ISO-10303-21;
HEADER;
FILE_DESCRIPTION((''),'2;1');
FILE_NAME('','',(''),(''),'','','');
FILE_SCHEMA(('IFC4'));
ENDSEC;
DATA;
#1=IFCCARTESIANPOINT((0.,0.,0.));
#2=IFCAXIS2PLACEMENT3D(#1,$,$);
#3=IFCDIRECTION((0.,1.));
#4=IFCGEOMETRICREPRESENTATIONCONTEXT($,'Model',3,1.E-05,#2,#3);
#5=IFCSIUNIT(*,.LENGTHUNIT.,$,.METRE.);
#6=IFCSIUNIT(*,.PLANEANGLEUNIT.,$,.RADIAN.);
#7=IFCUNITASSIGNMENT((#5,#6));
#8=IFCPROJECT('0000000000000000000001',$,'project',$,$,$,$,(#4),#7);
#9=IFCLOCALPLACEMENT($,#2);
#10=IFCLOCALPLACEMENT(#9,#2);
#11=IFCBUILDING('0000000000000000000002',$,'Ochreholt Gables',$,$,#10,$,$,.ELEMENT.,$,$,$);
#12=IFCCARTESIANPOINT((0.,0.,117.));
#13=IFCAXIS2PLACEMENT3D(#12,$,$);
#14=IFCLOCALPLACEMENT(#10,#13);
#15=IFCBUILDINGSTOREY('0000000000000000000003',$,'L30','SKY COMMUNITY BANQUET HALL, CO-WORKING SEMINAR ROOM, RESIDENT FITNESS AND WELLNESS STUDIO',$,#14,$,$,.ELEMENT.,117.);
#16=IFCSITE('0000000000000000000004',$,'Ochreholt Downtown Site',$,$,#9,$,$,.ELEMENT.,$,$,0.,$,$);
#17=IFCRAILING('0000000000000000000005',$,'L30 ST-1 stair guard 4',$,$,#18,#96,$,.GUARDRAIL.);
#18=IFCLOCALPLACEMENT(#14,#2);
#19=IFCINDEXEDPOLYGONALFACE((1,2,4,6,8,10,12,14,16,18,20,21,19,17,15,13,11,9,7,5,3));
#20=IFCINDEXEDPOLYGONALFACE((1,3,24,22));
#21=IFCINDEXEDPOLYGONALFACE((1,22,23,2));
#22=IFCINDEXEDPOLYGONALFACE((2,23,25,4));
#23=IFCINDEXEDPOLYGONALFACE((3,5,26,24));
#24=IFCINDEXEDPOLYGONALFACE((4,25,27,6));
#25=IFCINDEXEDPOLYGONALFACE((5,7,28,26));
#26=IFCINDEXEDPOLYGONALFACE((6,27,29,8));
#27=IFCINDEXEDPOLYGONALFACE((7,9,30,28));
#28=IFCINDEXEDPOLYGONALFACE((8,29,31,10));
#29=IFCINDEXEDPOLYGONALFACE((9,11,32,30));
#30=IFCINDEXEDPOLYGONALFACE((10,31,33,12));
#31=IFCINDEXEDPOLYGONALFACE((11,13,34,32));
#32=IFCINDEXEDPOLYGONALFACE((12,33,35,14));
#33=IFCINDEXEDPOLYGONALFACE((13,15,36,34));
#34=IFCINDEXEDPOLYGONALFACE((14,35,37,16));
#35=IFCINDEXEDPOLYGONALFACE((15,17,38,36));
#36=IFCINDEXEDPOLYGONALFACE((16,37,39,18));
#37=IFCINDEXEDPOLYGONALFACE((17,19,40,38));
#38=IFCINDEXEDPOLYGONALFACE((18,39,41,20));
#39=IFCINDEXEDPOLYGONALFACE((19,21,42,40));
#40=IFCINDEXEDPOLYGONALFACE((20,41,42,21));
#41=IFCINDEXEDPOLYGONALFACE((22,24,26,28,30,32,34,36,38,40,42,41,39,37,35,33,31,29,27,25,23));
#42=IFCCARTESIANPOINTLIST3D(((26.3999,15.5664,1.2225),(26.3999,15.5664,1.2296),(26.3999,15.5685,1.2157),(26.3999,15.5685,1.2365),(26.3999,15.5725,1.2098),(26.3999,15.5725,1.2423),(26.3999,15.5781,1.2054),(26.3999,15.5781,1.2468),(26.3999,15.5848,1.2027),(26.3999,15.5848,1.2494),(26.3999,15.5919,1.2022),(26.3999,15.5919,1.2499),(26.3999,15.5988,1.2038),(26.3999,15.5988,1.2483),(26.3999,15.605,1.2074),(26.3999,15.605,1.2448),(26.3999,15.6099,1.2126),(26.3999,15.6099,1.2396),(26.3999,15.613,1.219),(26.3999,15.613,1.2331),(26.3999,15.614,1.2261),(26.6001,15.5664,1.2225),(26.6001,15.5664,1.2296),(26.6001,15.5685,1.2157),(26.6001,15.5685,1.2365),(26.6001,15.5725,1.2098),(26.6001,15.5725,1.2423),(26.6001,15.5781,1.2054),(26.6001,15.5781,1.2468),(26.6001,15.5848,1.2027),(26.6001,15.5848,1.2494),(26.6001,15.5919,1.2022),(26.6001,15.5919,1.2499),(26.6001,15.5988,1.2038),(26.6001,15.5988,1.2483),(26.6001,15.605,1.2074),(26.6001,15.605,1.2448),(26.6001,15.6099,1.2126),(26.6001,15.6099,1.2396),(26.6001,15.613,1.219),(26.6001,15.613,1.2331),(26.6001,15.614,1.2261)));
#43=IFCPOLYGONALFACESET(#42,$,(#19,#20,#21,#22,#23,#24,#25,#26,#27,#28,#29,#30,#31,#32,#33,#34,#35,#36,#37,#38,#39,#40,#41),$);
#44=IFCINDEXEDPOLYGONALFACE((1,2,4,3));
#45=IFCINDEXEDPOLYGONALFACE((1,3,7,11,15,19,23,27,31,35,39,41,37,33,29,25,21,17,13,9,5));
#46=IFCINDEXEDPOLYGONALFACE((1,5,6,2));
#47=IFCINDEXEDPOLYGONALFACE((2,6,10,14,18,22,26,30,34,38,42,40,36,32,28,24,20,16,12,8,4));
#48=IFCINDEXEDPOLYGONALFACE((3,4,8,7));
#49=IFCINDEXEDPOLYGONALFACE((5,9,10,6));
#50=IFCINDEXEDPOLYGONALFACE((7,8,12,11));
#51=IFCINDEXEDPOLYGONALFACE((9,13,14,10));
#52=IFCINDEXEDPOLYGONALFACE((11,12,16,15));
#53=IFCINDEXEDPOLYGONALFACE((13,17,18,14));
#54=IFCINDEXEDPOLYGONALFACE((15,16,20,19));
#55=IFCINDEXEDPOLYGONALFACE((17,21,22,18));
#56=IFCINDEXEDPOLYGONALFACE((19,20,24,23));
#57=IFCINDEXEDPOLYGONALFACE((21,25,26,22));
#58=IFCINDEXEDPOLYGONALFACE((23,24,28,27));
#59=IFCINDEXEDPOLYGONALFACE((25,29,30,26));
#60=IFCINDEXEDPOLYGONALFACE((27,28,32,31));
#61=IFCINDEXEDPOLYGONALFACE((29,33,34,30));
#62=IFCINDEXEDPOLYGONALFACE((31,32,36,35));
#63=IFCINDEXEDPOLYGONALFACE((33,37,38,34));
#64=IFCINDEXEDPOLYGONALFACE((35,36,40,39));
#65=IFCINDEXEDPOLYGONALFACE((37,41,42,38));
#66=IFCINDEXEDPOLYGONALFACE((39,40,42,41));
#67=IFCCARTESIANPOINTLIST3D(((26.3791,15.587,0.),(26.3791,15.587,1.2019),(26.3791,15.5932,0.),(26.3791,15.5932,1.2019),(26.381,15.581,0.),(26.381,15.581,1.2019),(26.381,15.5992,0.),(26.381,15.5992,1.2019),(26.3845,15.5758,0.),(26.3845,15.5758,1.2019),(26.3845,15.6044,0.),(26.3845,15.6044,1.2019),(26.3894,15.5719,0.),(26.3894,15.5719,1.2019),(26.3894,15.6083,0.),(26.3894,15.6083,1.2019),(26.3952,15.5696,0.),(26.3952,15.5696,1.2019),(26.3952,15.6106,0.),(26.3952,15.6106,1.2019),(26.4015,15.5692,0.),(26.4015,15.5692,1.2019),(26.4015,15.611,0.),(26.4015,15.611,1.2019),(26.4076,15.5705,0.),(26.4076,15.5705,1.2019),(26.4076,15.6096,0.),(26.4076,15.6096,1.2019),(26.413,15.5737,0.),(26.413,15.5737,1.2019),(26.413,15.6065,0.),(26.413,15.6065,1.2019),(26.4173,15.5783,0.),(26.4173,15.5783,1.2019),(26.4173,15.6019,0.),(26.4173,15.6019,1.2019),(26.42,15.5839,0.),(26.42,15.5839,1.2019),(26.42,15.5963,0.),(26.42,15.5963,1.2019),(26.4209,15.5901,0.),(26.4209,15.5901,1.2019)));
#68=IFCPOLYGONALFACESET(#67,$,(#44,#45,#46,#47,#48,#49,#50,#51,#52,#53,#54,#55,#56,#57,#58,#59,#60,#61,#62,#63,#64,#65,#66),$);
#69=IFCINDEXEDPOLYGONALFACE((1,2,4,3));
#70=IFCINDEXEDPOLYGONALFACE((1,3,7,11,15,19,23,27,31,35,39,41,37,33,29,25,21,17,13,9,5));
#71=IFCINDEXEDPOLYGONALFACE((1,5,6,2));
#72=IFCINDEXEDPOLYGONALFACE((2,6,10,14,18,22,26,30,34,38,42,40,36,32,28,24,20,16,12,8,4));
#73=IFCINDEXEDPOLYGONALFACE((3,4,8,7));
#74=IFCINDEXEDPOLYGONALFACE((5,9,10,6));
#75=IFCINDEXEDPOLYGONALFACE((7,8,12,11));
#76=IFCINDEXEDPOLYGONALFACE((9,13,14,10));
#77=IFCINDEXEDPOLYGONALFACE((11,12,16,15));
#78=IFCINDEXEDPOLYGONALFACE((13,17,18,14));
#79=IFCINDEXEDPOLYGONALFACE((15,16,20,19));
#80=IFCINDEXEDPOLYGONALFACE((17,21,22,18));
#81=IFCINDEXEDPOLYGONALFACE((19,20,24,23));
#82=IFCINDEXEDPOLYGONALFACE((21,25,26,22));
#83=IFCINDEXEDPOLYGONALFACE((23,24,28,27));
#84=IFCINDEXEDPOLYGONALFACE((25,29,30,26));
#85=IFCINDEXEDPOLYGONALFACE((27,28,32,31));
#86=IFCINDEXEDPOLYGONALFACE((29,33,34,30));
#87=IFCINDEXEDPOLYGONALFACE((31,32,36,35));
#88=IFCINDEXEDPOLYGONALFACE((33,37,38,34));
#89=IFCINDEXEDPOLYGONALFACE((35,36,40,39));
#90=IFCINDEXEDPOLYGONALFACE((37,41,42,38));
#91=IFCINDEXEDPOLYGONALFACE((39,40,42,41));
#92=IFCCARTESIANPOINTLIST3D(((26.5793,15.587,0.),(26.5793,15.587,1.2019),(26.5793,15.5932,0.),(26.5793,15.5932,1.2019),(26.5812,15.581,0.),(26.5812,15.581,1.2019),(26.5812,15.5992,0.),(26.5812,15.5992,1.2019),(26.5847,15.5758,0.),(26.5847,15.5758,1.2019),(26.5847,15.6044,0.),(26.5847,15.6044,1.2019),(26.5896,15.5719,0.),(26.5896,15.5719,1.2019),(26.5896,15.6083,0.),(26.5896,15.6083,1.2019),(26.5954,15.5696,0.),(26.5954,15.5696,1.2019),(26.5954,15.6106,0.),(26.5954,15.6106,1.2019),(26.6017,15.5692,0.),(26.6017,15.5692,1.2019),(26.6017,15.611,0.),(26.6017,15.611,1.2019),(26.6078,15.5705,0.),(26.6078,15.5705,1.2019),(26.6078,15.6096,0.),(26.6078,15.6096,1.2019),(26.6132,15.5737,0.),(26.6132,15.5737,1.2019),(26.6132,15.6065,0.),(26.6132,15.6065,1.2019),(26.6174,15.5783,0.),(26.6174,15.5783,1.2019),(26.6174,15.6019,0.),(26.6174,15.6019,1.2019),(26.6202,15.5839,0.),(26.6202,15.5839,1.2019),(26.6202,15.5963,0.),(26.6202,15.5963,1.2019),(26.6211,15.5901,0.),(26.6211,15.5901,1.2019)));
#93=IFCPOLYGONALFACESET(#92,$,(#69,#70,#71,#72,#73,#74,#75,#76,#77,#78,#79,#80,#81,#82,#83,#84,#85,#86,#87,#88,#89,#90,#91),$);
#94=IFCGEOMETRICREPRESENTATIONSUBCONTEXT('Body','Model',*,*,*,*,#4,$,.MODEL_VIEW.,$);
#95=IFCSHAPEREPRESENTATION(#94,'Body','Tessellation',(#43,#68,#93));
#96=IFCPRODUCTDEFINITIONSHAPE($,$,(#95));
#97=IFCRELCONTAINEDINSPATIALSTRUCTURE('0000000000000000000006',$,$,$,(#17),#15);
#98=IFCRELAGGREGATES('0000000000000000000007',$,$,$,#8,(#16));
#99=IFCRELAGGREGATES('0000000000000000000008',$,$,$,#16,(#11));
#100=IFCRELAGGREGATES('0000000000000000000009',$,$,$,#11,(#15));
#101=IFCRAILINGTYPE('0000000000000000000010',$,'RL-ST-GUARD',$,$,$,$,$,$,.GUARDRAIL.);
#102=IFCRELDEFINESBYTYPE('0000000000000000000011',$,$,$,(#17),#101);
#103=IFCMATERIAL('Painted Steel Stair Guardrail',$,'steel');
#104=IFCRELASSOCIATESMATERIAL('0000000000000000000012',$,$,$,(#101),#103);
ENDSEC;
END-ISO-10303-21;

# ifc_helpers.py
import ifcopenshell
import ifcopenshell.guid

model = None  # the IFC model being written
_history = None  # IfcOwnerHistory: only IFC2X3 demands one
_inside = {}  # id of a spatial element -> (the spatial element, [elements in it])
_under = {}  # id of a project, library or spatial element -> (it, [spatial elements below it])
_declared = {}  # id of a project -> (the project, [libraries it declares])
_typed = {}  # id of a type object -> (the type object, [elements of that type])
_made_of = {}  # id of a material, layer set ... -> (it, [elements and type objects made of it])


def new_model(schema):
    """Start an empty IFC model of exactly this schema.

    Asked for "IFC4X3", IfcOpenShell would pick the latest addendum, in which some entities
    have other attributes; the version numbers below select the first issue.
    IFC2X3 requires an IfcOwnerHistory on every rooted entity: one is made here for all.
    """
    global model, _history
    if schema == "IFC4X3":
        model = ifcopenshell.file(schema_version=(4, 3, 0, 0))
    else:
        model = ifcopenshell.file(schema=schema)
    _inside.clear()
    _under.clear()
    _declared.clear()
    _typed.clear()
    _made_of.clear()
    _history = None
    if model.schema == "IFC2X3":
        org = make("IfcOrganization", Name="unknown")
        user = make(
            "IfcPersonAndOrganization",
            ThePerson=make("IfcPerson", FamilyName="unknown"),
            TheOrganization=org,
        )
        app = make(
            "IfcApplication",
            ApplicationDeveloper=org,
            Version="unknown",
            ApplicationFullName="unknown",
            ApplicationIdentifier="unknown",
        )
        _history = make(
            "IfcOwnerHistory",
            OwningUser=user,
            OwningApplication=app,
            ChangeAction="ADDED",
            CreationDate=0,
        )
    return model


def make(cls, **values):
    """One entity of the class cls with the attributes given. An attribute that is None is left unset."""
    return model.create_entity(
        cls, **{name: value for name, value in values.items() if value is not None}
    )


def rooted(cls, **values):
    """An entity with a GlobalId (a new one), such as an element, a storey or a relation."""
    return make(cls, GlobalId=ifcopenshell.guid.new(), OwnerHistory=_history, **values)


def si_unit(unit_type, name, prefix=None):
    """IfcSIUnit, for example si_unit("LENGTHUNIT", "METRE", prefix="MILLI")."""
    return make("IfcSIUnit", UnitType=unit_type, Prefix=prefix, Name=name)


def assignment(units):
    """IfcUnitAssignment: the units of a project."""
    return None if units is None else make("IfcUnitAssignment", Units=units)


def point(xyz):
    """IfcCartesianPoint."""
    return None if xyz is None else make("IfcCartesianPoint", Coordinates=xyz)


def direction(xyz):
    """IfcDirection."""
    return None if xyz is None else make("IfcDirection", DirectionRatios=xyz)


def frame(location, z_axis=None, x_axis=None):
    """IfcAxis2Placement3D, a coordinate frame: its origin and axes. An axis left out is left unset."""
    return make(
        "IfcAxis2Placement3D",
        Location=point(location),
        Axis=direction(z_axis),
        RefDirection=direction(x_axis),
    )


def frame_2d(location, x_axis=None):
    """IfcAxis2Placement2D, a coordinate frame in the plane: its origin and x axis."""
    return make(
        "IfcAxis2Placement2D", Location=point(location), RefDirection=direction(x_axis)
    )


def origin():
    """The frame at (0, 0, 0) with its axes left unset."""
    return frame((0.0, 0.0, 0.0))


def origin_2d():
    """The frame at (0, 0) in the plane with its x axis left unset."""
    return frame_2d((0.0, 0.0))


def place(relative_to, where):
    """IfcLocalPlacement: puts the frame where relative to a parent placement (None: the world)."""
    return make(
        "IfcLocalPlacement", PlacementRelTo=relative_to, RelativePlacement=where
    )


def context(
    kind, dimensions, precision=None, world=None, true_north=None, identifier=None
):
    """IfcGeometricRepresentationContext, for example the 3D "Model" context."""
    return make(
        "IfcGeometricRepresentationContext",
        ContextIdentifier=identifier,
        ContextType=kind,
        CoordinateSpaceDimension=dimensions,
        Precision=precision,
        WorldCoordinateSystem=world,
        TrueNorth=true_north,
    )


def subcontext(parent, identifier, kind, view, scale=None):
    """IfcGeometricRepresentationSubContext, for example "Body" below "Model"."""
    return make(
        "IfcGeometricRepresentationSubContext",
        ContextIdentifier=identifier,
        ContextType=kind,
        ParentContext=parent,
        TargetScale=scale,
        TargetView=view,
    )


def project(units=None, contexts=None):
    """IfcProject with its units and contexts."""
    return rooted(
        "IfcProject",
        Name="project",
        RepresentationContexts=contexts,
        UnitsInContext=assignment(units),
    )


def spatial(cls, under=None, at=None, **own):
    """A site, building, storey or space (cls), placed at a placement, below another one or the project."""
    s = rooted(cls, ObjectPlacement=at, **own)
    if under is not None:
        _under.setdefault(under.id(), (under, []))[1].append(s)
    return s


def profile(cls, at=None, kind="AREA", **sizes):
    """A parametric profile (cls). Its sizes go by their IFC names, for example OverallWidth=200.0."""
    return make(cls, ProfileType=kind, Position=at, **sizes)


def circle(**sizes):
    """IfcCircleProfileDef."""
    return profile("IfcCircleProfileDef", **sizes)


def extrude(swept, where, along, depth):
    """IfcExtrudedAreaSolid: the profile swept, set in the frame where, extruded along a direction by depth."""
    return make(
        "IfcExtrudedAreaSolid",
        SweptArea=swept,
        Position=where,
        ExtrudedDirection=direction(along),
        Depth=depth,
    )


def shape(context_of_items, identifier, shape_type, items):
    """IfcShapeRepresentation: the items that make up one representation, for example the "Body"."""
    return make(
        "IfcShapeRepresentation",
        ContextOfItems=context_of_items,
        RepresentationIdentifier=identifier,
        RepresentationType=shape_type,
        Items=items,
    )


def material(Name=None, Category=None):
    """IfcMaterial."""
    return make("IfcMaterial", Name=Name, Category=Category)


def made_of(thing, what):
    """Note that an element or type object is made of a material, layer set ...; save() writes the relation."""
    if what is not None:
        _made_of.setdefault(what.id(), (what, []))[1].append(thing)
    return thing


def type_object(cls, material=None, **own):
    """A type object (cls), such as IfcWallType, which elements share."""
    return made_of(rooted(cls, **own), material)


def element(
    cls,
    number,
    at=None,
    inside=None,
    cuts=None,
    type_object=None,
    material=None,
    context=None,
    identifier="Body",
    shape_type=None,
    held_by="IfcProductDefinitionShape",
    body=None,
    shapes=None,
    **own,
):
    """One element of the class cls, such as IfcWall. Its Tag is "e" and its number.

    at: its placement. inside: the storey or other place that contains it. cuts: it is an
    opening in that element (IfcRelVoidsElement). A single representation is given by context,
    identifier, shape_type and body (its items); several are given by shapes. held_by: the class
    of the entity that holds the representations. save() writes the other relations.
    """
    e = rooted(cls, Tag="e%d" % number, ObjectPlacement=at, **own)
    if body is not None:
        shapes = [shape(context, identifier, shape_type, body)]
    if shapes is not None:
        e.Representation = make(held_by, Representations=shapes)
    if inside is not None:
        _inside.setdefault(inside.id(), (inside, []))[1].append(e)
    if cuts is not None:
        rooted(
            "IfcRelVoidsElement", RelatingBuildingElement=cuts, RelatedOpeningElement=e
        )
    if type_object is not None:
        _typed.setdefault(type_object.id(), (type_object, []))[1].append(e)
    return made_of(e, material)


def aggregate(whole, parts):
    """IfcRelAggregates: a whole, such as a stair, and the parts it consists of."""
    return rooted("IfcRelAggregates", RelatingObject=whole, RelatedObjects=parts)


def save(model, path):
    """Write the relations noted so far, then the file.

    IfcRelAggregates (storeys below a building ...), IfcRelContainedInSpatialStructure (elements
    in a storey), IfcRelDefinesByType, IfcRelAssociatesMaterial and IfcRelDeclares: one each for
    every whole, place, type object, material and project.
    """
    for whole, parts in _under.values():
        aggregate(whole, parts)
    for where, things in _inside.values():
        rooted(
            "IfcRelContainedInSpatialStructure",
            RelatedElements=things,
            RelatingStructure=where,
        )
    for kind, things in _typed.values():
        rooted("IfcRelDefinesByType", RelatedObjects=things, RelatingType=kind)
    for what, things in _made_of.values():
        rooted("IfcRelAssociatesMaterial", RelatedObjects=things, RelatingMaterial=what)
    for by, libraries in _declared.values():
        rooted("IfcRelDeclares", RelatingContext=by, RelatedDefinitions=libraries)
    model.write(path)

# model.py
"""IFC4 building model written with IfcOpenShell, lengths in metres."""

from ifc_helpers import new_model, si_unit, direction, frame, origin, origin_2d, place, context, subcontext, project, spatial, circle, extrude, material, type_object, element, save


model = new_model("IFC4")

# Units and contexts
model_context = context("Model", 3, precision=1e-05, world=origin(), true_north=direction((0.0, 1.0)))
body_context = subcontext(model_context, "Body", "Model", "MODEL_VIEW")
ifc_project = project(units=[si_unit("LENGTHUNIT", "METRE"), si_unit("PLANEANGLEUNIT", "RADIAN")], contexts=[model_context])

# Site, building, storey
site_placement = place(None, origin())
site = spatial("IfcSite", under=ifc_project, at=site_placement, Name="Ochreholt Downtown Site", CompositionType="ELEMENT", RefElevation=0.0)
building_placement = place(site_placement, origin())
building = spatial("IfcBuilding", under=site, at=building_placement, Name="Ochreholt Gables", CompositionType="ELEMENT")
storey_placement = place(building_placement, frame((0.0, 0.0, 117.0)))
storey = spatial("IfcBuildingStorey", under=building, at=storey_placement, Name="L30", Description="SKY COMMUNITY BANQUET HALL, CO-WORKING SEMINAR ROOM, RESIDENT FITNESS AND WELLNESS STUDIO", CompositionType="ELEMENT", Elevation=117.0)

# Railing
ifc_material_1 = material(Name="Painted Steel Stair Guardrail", Category="steel")
railing_type_1 = type_object("IfcRailingType", Name="RL-ST-GUARD", PredefinedType="GUARDRAIL", material=ifc_material_1)
railing_1_placement = place(storey_placement, frame((26.3999, 15.5901, 0.0)))
element("IfcRailing", 1, at=railing_1_placement, inside=storey, type_object=railing_type_1, Name="L30 ST-1 stair guard 4", PredefinedType="GUARDRAIL", context=body_context, shape_type="SweptSolid", body=[
    extrude(circle(Radius=0.0239, at=origin_2d()), frame((0.0, 0.0, 1.2261), z_axis=(1.0, 0.0, 0.0), x_axis=(0.0, 1.0, 0.0)), (0.0, 0.0, 1.0), 0.2002),
    extrude(circle(Radius=0.021, at=origin_2d()), origin(), (0.0, 0.0, 1.0), 1.2019),
    extrude(circle(Radius=0.021, at=origin_2d()), frame((0.2002, 0.0, 0.0)), (0.0, 0.0, 1.0), 1.2019),
])

save(model, "model.ifc")
